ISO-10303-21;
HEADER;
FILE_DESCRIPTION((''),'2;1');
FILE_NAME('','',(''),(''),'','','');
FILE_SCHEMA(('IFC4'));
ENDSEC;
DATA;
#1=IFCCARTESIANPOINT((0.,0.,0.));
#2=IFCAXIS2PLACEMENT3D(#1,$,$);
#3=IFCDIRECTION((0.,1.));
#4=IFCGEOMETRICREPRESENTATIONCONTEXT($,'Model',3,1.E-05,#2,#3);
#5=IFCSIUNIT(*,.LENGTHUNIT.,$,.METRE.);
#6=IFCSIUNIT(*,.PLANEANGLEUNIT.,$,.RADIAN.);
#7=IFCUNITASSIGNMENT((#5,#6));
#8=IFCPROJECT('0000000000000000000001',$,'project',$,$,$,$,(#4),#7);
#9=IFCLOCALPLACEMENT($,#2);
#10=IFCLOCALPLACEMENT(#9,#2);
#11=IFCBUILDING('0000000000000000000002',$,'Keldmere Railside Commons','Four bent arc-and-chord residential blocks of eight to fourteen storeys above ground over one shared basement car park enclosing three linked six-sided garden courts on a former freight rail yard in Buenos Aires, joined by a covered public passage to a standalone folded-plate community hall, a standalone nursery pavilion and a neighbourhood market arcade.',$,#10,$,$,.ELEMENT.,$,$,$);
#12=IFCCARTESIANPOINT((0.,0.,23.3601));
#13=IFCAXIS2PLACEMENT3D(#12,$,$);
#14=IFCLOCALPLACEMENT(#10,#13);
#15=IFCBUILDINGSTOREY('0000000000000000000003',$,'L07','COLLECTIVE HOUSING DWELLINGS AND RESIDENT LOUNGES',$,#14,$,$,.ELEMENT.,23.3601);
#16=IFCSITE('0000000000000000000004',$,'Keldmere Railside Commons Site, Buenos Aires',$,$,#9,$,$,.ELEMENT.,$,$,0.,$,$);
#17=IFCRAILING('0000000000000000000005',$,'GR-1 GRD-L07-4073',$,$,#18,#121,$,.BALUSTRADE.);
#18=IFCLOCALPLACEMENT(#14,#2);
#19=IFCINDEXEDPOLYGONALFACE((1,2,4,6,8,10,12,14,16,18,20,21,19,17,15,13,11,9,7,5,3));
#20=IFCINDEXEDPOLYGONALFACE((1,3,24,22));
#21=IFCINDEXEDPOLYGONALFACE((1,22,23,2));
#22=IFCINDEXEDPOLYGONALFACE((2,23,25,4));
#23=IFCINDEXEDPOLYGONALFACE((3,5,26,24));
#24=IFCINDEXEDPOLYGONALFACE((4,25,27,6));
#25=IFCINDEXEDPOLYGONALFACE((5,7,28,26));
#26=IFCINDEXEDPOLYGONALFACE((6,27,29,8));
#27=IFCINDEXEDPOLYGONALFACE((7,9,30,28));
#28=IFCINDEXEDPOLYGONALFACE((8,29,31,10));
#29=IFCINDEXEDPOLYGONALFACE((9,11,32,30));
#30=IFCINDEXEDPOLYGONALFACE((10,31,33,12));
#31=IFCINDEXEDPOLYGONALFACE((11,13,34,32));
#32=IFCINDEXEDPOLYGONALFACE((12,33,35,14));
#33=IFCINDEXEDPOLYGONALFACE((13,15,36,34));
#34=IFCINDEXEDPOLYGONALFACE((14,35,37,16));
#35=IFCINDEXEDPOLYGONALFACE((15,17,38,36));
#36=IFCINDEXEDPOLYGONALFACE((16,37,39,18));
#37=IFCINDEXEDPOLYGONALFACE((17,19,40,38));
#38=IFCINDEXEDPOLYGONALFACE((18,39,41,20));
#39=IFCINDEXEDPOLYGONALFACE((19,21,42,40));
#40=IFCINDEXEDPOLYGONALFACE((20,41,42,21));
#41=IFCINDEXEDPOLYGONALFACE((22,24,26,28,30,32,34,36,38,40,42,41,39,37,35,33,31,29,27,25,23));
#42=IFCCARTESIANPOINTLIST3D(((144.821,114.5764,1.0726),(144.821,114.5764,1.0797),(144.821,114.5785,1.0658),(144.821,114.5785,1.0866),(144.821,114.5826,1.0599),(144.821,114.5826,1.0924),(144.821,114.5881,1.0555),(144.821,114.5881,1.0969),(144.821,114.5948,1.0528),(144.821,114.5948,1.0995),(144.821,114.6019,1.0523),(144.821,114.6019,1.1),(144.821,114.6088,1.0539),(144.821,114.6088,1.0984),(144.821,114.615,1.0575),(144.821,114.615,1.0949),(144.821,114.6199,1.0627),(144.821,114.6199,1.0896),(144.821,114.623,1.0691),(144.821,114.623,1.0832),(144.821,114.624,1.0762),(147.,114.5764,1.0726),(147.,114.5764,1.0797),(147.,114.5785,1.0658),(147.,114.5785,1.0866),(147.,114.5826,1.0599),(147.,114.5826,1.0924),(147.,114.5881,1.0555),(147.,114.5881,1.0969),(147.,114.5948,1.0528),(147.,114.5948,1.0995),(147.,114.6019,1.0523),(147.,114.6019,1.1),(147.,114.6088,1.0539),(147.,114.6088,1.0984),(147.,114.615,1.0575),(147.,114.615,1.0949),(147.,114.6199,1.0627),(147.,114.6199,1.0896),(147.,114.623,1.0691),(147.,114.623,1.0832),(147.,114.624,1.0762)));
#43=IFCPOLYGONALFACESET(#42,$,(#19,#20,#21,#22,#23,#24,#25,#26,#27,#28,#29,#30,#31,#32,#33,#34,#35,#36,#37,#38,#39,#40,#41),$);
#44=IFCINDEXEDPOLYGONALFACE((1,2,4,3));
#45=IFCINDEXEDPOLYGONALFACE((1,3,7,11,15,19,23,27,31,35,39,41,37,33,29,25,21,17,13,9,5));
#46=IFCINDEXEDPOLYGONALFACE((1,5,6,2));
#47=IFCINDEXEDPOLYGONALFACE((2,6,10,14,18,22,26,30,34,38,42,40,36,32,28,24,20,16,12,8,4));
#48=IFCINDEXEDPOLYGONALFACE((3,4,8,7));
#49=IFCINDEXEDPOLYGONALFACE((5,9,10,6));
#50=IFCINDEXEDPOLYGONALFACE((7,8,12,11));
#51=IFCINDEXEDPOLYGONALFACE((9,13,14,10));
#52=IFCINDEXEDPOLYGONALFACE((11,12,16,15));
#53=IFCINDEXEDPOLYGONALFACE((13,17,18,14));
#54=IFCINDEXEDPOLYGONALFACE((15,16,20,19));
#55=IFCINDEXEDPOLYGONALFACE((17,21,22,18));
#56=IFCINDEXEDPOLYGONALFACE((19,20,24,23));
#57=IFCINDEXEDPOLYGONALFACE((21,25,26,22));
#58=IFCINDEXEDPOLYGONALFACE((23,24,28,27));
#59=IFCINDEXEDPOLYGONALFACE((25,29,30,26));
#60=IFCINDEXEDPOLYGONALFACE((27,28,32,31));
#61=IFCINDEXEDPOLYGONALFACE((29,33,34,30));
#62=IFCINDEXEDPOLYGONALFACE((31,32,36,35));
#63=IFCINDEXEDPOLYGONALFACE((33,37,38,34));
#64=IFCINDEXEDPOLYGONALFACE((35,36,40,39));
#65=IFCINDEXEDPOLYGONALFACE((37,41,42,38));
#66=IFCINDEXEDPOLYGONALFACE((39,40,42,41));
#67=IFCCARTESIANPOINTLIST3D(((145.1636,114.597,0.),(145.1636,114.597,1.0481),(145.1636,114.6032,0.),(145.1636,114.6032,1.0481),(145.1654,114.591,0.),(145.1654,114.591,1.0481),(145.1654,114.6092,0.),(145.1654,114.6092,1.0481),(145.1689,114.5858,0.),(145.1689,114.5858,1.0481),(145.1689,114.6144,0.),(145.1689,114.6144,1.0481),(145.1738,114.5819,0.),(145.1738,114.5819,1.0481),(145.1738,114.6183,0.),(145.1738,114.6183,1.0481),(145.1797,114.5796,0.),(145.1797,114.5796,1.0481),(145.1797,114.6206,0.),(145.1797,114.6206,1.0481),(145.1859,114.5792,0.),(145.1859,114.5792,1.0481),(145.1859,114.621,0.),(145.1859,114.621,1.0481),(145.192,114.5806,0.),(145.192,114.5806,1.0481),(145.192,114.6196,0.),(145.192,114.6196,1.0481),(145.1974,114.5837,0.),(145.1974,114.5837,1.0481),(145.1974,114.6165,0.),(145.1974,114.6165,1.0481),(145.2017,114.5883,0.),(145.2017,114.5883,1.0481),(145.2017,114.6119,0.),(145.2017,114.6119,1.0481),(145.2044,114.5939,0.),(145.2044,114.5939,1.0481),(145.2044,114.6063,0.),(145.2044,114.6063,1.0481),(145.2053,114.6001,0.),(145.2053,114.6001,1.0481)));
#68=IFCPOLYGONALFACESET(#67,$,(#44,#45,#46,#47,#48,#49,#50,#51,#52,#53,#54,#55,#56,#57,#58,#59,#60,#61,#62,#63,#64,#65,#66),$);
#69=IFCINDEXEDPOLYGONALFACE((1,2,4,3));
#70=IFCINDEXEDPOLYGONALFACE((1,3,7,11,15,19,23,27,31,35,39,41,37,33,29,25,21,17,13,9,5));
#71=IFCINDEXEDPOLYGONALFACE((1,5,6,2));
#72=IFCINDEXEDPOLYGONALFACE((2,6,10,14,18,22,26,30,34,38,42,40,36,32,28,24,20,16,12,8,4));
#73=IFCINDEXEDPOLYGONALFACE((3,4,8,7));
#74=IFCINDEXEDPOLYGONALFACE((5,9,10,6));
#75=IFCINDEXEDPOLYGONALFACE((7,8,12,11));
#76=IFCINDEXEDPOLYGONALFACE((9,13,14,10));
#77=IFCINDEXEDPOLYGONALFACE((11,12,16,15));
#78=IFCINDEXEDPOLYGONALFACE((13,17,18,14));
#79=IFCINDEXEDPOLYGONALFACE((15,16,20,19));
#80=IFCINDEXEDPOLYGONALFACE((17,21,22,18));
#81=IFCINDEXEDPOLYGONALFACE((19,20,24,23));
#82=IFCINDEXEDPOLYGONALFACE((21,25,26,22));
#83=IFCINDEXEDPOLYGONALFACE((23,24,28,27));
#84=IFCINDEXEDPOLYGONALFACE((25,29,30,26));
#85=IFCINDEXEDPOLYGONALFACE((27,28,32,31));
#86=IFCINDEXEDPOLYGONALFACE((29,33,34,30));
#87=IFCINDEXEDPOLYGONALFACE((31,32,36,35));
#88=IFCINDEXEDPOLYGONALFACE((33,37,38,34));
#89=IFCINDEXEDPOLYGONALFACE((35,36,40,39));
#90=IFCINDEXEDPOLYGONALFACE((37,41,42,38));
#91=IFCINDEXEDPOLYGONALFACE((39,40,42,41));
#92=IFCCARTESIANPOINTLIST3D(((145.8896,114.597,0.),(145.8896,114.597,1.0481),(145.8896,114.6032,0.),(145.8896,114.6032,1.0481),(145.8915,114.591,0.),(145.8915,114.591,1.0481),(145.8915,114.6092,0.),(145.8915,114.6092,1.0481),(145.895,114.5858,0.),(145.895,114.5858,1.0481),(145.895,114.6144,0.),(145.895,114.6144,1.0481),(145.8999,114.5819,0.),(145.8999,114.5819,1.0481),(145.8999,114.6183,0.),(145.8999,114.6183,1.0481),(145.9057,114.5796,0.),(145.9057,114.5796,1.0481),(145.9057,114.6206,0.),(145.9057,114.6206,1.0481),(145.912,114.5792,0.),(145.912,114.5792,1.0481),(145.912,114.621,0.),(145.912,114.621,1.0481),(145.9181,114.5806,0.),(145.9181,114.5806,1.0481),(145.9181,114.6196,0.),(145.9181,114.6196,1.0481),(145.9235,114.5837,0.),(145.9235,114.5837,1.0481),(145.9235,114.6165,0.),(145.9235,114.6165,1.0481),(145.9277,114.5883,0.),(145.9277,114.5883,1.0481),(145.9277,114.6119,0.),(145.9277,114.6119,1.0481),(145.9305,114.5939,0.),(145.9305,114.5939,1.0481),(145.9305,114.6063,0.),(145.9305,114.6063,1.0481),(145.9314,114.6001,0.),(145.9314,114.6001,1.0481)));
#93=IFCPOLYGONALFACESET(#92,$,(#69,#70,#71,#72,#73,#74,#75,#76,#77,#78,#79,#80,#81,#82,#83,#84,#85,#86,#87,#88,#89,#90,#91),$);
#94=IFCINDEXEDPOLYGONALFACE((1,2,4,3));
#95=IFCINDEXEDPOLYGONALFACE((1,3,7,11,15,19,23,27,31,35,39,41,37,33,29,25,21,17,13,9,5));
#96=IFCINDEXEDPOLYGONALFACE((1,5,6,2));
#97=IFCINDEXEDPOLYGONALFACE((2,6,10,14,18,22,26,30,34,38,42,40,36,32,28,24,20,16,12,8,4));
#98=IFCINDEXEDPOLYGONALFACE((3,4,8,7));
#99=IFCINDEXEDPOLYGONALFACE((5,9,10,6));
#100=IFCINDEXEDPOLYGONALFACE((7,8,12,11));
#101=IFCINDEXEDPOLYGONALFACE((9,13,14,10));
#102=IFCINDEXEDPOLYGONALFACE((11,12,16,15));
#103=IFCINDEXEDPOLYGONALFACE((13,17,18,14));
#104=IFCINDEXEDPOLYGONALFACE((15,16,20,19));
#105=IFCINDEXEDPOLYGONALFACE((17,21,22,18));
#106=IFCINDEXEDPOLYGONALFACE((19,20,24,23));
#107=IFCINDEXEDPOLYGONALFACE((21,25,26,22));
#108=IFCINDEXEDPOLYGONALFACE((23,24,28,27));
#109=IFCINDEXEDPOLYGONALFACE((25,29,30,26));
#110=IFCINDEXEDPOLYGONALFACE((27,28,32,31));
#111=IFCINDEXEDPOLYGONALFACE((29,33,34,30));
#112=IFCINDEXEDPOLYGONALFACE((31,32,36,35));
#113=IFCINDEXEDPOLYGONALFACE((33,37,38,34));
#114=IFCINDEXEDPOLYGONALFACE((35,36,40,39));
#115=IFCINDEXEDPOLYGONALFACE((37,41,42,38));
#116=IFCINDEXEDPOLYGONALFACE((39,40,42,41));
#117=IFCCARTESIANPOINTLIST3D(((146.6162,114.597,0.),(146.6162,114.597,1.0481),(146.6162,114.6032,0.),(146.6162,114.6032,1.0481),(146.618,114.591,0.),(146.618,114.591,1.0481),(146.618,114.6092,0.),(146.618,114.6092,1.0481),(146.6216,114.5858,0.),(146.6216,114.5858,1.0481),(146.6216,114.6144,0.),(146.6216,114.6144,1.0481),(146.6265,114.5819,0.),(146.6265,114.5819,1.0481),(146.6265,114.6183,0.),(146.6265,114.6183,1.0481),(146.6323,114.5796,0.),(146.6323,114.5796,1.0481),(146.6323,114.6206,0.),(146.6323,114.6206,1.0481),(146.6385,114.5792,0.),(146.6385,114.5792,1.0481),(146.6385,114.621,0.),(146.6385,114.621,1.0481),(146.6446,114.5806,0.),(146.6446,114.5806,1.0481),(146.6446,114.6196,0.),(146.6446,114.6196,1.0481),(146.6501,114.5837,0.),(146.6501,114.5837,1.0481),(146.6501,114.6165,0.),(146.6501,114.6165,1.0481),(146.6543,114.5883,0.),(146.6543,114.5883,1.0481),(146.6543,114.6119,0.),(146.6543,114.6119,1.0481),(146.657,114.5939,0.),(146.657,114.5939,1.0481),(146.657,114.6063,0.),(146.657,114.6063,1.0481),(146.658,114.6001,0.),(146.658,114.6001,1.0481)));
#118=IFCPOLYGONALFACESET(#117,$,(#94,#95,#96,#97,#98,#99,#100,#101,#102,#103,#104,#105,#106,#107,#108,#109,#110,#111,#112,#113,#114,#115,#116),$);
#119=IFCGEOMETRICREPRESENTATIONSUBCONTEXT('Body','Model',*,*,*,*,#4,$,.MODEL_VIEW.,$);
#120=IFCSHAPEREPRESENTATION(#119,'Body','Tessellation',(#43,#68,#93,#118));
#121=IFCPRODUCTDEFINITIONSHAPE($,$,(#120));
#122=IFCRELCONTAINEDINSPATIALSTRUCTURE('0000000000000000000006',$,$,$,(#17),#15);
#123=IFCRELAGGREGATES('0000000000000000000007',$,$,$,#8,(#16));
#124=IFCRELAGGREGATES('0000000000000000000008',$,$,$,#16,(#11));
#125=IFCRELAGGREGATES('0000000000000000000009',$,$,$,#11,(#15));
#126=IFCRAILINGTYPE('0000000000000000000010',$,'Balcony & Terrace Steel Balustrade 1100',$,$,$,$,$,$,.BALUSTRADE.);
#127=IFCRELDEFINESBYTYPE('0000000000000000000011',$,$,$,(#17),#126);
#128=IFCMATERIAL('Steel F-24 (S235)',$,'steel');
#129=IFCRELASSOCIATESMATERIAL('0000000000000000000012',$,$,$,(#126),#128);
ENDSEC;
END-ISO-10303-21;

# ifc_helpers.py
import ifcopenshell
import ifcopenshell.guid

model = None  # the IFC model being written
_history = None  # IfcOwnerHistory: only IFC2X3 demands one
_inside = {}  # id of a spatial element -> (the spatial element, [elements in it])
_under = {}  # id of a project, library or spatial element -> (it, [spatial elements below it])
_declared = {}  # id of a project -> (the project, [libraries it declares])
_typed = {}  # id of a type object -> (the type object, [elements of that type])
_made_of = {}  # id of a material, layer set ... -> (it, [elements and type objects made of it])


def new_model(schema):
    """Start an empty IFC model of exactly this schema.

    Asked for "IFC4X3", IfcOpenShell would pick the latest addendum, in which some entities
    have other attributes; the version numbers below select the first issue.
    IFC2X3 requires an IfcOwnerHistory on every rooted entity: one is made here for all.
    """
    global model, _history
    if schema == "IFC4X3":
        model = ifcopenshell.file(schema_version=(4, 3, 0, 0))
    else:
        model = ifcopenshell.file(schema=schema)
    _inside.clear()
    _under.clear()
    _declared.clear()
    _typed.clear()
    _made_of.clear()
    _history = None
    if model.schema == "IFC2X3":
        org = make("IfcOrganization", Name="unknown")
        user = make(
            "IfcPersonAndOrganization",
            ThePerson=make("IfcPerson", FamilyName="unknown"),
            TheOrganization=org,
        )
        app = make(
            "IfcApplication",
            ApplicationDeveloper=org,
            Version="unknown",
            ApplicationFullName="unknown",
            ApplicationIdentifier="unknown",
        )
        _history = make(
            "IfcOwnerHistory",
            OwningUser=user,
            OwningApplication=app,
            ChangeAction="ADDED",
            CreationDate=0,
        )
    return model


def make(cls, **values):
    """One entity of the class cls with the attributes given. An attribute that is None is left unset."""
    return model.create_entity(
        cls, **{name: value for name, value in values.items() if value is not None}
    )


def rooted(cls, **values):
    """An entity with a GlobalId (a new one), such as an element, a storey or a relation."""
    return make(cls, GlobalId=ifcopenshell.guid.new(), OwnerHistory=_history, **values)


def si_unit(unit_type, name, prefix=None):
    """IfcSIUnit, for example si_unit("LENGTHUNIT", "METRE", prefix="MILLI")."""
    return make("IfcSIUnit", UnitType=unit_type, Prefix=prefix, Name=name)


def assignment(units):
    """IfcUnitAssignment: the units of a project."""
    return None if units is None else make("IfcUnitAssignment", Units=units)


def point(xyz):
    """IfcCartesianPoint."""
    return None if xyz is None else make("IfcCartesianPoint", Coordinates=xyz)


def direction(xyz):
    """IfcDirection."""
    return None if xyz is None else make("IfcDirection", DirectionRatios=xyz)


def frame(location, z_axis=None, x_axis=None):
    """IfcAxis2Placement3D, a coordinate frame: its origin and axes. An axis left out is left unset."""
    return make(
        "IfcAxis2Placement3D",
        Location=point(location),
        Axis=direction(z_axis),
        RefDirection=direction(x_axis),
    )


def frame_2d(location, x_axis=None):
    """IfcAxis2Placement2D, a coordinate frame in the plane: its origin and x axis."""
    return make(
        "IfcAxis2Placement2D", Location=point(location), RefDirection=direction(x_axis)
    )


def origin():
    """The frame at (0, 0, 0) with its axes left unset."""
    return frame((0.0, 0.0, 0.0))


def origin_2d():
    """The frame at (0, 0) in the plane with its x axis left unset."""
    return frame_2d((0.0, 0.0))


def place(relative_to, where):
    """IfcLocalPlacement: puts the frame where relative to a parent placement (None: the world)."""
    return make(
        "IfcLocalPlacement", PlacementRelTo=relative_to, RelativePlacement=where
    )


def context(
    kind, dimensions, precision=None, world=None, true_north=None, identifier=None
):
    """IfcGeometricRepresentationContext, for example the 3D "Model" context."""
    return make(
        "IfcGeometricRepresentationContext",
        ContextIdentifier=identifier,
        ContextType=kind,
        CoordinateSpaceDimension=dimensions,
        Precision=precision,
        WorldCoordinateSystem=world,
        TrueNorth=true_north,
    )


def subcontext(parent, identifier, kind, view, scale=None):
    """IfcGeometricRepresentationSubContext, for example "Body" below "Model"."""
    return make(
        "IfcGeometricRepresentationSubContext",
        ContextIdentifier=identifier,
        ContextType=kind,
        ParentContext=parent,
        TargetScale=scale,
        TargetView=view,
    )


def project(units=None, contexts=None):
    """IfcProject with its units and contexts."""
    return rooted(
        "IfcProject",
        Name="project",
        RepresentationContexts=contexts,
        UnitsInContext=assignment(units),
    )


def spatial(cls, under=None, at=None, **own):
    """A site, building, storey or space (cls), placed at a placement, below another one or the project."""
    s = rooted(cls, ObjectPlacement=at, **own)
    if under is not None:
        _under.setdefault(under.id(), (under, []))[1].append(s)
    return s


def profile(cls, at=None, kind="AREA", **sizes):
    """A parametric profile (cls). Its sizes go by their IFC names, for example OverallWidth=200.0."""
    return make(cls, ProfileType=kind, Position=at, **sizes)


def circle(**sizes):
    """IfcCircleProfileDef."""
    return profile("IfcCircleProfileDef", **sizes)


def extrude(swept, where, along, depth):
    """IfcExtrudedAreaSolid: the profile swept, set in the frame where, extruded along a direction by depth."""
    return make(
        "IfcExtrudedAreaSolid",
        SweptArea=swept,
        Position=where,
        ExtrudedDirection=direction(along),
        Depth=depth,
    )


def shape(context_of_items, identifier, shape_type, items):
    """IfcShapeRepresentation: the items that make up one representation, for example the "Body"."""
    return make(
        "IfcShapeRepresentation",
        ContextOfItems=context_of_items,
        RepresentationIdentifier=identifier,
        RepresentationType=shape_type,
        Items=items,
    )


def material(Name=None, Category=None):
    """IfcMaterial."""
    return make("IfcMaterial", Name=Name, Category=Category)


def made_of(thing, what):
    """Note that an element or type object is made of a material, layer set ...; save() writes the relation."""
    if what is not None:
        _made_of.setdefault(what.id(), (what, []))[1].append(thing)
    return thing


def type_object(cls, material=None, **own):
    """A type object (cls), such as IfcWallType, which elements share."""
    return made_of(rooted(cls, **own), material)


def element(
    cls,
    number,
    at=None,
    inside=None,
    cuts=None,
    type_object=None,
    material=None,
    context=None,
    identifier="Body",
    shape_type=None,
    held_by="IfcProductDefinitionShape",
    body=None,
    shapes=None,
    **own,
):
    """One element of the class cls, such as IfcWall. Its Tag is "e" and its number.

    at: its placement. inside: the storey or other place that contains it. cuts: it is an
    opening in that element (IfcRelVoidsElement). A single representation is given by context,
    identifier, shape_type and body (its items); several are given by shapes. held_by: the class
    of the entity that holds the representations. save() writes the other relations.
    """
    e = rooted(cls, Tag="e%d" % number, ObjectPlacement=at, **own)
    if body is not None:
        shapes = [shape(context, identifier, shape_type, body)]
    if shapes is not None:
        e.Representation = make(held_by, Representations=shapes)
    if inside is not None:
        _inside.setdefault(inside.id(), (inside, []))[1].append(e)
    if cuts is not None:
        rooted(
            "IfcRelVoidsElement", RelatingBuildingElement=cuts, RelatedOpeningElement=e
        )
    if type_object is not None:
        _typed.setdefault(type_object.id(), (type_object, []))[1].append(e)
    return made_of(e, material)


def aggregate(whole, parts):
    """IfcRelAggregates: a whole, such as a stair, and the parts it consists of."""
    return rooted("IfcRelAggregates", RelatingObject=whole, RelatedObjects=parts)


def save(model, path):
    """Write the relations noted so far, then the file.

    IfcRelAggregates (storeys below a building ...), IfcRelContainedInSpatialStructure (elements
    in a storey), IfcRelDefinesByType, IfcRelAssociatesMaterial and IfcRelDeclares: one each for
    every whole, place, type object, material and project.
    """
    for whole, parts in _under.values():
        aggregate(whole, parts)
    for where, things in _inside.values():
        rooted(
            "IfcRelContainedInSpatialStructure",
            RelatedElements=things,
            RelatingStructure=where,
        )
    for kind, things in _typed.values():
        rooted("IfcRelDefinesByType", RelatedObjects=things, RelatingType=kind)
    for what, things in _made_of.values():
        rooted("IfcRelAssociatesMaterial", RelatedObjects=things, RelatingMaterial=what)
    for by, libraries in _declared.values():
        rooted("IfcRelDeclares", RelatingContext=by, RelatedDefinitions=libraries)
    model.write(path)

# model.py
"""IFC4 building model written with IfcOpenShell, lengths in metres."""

from ifc_helpers import new_model, si_unit, direction, frame, origin, origin_2d, place, context, subcontext, project, spatial, circle, extrude, material, type_object, element, save


model = new_model("IFC4")

# Units and contexts
model_context = context("Model", 3, precision=1e-05, world=origin(), true_north=direction((0.0, 1.0)))
body_context = subcontext(model_context, "Body", "Model", "MODEL_VIEW")
ifc_project = project(units=[si_unit("LENGTHUNIT", "METRE"), si_unit("PLANEANGLEUNIT", "RADIAN")], contexts=[model_context])

# Site, building, storey
site_placement = place(None, origin())
site = spatial("IfcSite", under=ifc_project, at=site_placement, Name="Keldmere Railside Commons Site, Buenos Aires", CompositionType="ELEMENT", RefElevation=0.0)
building_placement = place(site_placement, origin())
building = spatial("IfcBuilding", under=site, at=building_placement, Name="Keldmere Railside Commons", Description="Four bent arc-and-chord residential blocks of eight to fourteen storeys above ground over one shared basement car park enclosing three linked six-sided garden courts on a former freight rail yard in Buenos Aires, joined by a covered public passage to a standalone folded-plate community hall, a standalone nursery pavilion and a neighbourhood market arcade.", CompositionType="ELEMENT")
storey_placement = place(building_placement, frame((0.0, 0.0, 23.3601)))
storey = spatial("IfcBuildingStorey", under=building, at=storey_placement, Name="L07", Description="COLLECTIVE HOUSING DWELLINGS AND RESIDENT LOUNGES", CompositionType="ELEMENT", Elevation=23.3601)

# Railing
ifc_material_1 = material(Name="Steel F-24 (S235)", Category="steel")
railing_type = type_object("IfcRailingType", Name="Balcony & Terrace Steel Balustrade 1100", PredefinedType="BALUSTRADE", material=ifc_material_1)
railing_1_placement = place(storey_placement, frame((144.821, 114.6001, 0.0)))
element("IfcRailing", 1, at=railing_1_placement, inside=storey, type_object=railing_type, Name="GR-1 GRD-L07-4073", PredefinedType="BALUSTRADE", context=body_context, shape_type="SweptSolid", body=[
    extrude(circle(Radius=0.0239, at=origin_2d()), frame((0.0, 0.0, 1.0762), z_axis=(1.0, 0.0, 0.0), x_axis=(0.0, 1.0, 0.0)), (0.0, 0.0, 1.0), 2.179),
    extrude(circle(Radius=0.021, at=origin_2d()), frame((0.3633, 0.0, 0.0)), (0.0, 0.0, 1.0), 1.0481),
    extrude(circle(Radius=0.021, at=origin_2d()), frame((1.0894, 0.0, 0.0)), (0.0, 0.0, 1.0), 1.0481),
    extrude(circle(Radius=0.021, at=origin_2d()), frame((1.8159, 0.0, 0.0)), (0.0, 0.0, 1.0), 1.0481),
])

save(model, "model.ifc")
